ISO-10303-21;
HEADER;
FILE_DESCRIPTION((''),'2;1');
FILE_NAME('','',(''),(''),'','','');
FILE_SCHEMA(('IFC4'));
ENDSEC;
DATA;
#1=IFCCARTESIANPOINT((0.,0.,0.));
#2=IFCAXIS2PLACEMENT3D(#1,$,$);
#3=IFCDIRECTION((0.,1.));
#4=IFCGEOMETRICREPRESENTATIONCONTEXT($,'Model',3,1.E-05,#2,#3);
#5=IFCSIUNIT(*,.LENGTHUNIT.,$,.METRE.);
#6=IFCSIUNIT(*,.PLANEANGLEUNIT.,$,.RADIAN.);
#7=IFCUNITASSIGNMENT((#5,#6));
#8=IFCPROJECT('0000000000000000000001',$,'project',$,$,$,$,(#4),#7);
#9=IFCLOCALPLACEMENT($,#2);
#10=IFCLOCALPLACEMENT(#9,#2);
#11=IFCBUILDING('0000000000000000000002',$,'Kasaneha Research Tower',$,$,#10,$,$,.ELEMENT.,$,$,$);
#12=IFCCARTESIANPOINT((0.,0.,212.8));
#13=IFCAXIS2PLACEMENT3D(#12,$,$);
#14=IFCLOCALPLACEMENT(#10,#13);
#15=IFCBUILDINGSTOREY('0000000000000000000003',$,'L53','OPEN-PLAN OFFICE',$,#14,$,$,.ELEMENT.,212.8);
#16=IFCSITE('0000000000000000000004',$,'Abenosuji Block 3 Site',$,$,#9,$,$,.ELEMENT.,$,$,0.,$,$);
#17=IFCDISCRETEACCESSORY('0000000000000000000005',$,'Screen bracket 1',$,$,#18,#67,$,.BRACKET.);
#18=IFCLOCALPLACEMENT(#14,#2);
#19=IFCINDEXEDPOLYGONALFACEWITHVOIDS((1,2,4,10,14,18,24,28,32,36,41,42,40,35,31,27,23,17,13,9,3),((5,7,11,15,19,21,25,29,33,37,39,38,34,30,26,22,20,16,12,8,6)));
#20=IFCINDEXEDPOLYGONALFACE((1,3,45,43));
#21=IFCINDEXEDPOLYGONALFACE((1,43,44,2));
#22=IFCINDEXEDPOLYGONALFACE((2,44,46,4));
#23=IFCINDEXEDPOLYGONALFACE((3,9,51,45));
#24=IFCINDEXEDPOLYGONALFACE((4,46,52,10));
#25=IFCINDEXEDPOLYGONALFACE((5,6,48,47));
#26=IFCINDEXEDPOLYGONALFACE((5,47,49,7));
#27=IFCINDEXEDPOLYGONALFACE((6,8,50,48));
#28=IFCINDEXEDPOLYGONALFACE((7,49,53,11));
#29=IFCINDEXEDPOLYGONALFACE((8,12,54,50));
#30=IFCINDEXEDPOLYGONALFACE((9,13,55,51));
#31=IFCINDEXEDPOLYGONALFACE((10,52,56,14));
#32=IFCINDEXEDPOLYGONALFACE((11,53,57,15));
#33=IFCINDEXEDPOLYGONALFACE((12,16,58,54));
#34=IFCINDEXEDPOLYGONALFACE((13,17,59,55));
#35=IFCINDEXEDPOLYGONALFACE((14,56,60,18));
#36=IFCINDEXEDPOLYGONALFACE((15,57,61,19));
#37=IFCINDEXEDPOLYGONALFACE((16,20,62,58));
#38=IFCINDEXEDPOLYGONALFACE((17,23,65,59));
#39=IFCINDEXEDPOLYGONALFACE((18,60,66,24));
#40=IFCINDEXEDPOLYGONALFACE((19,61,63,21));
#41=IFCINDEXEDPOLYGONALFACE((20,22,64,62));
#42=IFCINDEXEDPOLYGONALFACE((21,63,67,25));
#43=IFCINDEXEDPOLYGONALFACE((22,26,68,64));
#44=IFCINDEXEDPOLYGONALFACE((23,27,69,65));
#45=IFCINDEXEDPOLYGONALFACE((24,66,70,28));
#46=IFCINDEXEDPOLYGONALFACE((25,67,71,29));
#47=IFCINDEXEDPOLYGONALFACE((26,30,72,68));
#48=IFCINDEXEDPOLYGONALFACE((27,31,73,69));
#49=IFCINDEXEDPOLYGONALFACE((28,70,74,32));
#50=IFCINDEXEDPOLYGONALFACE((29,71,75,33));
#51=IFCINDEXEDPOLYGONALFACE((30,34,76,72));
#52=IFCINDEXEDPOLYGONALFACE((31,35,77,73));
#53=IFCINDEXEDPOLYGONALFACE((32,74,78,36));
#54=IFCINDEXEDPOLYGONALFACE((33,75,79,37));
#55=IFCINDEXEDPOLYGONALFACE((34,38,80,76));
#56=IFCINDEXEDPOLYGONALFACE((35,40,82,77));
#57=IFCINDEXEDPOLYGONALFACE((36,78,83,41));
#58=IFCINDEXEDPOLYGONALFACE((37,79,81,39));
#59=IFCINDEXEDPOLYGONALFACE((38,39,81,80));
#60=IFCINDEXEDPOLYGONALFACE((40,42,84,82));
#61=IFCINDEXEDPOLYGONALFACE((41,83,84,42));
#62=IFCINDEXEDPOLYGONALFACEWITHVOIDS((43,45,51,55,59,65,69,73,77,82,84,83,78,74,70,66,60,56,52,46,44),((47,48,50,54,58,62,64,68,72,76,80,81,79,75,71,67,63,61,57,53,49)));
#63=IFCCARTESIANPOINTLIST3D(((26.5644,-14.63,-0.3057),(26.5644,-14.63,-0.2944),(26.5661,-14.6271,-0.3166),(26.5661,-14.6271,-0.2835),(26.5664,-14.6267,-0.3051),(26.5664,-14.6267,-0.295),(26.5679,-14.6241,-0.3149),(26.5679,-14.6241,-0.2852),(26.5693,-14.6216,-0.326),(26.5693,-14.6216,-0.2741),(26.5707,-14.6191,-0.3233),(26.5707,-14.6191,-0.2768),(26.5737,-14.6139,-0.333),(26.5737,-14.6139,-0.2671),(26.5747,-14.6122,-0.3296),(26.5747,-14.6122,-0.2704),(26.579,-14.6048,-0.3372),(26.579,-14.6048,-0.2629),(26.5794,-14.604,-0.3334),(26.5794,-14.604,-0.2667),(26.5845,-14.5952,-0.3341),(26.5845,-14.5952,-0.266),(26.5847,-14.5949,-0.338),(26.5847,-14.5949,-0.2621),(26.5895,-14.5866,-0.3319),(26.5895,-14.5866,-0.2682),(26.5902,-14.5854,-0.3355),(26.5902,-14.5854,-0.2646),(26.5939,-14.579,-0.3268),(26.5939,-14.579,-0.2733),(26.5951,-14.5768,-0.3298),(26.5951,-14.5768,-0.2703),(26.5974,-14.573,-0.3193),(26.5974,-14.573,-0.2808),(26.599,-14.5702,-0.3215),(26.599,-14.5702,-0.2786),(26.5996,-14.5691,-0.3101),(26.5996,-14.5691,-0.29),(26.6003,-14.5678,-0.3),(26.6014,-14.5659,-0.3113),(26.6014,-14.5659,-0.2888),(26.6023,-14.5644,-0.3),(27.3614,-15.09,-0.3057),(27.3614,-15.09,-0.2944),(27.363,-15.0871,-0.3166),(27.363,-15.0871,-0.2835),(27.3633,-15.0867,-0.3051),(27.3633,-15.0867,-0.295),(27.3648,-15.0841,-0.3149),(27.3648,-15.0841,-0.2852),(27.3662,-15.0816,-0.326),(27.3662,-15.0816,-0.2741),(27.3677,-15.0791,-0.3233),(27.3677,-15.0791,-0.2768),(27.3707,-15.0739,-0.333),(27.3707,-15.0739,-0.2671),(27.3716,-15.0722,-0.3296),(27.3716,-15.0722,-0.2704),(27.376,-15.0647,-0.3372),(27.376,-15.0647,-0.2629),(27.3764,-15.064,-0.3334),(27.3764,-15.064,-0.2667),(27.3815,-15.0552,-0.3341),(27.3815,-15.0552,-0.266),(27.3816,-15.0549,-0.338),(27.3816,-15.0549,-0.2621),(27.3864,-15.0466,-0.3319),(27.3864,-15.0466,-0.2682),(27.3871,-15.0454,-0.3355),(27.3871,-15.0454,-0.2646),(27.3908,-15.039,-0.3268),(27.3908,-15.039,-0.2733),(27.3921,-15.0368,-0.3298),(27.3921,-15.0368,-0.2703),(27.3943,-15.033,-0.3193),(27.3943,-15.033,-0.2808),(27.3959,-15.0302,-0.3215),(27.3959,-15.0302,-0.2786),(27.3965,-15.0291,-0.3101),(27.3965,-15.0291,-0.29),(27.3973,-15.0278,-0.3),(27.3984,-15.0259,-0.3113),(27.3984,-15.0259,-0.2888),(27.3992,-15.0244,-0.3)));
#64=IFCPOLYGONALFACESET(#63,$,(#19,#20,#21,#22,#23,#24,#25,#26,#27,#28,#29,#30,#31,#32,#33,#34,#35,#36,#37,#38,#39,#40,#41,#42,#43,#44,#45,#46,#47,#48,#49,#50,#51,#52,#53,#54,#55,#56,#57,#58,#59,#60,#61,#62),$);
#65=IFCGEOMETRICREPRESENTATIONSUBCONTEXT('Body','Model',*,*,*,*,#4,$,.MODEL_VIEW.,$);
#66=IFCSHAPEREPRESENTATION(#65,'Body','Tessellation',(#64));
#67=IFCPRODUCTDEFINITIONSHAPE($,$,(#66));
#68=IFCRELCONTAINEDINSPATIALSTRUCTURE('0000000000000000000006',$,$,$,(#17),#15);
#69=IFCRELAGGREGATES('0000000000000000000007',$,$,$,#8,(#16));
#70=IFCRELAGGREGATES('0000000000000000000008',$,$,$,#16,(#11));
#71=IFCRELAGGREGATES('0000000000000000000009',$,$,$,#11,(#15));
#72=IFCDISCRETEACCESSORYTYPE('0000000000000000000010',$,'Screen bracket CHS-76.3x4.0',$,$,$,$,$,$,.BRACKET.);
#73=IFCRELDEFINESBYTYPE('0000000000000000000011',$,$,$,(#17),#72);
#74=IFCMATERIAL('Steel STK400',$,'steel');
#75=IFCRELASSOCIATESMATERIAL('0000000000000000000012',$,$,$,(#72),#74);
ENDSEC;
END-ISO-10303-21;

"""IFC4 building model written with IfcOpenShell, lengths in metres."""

from ifc_helpers import new_model, si_unit, direction, frame, origin, origin_2d, place, context, subcontext, project, spatial, hollow_circle, extrude, material, material_profile, profile_set, type_object, element, save


model = new_model("IFC4")

# Units and contexts
model_context = context("Model", 3, precision=1e-05, world=origin(), true_north=direction((0.0, 1.0)))
body_context = subcontext(model_context, "Body", "Model", "MODEL_VIEW")
ifc_project = project(units=[si_unit("LENGTHUNIT", "METRE"), si_unit("PLANEANGLEUNIT", "RADIAN")], contexts=[model_context])

# Site, building, storey
site_placement = place(None, origin())
site = spatial("IfcSite", under=ifc_project, at=site_placement, Name="Abenosuji Block 3 Site", CompositionType="ELEMENT", RefElevation=0.0)
building_placement = place(site_placement, origin())
building = spatial("IfcBuilding", under=site, at=building_placement, Name="Kasaneha Research Tower", CompositionType="ELEMENT")
storey_placement = place(building_placement, frame((0.0, 0.0, 212.8)))
storey = spatial("IfcBuildingStorey", under=building, at=storey_placement, Name="L53", Description="OPEN-PLAN OFFICE", CompositionType="ELEMENT", Elevation=212.8)

# Discrete accessory
ifc_material_1 = material(Name="Steel STK400", Category="steel")
ifc_material_profile_1 = material_profile(ifc_material_1, hollow_circle(Radius=0.0381, WallThickness=0.0039, at=origin_2d()), Name="CHS-76.3x4.0")
ifc_profile_set_1 = profile_set([ifc_material_profile_1], Name="Steel STK400")
discrete_accessory_type = type_object("IfcDiscreteAccessoryType", Name="Screen bracket CHS-76.3x4.0", PredefinedType="BRACKET", material=ifc_profile_set_1)
discrete_accessory_1_placement = place(storey_placement, frame((26.5833, -14.5974, -0.3), z_axis=(0.86608, -0.499906, 0.0), x_axis=(0.499906, 0.86608, 0.0)))
element("IfcDiscreteAccessory", 1, at=discrete_accessory_1_placement, inside=storey, type_object=discrete_accessory_type, Name="Screen bracket 1", PredefinedType="BRACKET", context=body_context, shape_type="SweptSolid", body=[
    extrude(hollow_circle(Radius=0.0381, WallThickness=0.0039, at=origin_2d()), origin(), (0.0, 0.0, 1.0), 0.9202),
])

save(model, "model.ifc")
